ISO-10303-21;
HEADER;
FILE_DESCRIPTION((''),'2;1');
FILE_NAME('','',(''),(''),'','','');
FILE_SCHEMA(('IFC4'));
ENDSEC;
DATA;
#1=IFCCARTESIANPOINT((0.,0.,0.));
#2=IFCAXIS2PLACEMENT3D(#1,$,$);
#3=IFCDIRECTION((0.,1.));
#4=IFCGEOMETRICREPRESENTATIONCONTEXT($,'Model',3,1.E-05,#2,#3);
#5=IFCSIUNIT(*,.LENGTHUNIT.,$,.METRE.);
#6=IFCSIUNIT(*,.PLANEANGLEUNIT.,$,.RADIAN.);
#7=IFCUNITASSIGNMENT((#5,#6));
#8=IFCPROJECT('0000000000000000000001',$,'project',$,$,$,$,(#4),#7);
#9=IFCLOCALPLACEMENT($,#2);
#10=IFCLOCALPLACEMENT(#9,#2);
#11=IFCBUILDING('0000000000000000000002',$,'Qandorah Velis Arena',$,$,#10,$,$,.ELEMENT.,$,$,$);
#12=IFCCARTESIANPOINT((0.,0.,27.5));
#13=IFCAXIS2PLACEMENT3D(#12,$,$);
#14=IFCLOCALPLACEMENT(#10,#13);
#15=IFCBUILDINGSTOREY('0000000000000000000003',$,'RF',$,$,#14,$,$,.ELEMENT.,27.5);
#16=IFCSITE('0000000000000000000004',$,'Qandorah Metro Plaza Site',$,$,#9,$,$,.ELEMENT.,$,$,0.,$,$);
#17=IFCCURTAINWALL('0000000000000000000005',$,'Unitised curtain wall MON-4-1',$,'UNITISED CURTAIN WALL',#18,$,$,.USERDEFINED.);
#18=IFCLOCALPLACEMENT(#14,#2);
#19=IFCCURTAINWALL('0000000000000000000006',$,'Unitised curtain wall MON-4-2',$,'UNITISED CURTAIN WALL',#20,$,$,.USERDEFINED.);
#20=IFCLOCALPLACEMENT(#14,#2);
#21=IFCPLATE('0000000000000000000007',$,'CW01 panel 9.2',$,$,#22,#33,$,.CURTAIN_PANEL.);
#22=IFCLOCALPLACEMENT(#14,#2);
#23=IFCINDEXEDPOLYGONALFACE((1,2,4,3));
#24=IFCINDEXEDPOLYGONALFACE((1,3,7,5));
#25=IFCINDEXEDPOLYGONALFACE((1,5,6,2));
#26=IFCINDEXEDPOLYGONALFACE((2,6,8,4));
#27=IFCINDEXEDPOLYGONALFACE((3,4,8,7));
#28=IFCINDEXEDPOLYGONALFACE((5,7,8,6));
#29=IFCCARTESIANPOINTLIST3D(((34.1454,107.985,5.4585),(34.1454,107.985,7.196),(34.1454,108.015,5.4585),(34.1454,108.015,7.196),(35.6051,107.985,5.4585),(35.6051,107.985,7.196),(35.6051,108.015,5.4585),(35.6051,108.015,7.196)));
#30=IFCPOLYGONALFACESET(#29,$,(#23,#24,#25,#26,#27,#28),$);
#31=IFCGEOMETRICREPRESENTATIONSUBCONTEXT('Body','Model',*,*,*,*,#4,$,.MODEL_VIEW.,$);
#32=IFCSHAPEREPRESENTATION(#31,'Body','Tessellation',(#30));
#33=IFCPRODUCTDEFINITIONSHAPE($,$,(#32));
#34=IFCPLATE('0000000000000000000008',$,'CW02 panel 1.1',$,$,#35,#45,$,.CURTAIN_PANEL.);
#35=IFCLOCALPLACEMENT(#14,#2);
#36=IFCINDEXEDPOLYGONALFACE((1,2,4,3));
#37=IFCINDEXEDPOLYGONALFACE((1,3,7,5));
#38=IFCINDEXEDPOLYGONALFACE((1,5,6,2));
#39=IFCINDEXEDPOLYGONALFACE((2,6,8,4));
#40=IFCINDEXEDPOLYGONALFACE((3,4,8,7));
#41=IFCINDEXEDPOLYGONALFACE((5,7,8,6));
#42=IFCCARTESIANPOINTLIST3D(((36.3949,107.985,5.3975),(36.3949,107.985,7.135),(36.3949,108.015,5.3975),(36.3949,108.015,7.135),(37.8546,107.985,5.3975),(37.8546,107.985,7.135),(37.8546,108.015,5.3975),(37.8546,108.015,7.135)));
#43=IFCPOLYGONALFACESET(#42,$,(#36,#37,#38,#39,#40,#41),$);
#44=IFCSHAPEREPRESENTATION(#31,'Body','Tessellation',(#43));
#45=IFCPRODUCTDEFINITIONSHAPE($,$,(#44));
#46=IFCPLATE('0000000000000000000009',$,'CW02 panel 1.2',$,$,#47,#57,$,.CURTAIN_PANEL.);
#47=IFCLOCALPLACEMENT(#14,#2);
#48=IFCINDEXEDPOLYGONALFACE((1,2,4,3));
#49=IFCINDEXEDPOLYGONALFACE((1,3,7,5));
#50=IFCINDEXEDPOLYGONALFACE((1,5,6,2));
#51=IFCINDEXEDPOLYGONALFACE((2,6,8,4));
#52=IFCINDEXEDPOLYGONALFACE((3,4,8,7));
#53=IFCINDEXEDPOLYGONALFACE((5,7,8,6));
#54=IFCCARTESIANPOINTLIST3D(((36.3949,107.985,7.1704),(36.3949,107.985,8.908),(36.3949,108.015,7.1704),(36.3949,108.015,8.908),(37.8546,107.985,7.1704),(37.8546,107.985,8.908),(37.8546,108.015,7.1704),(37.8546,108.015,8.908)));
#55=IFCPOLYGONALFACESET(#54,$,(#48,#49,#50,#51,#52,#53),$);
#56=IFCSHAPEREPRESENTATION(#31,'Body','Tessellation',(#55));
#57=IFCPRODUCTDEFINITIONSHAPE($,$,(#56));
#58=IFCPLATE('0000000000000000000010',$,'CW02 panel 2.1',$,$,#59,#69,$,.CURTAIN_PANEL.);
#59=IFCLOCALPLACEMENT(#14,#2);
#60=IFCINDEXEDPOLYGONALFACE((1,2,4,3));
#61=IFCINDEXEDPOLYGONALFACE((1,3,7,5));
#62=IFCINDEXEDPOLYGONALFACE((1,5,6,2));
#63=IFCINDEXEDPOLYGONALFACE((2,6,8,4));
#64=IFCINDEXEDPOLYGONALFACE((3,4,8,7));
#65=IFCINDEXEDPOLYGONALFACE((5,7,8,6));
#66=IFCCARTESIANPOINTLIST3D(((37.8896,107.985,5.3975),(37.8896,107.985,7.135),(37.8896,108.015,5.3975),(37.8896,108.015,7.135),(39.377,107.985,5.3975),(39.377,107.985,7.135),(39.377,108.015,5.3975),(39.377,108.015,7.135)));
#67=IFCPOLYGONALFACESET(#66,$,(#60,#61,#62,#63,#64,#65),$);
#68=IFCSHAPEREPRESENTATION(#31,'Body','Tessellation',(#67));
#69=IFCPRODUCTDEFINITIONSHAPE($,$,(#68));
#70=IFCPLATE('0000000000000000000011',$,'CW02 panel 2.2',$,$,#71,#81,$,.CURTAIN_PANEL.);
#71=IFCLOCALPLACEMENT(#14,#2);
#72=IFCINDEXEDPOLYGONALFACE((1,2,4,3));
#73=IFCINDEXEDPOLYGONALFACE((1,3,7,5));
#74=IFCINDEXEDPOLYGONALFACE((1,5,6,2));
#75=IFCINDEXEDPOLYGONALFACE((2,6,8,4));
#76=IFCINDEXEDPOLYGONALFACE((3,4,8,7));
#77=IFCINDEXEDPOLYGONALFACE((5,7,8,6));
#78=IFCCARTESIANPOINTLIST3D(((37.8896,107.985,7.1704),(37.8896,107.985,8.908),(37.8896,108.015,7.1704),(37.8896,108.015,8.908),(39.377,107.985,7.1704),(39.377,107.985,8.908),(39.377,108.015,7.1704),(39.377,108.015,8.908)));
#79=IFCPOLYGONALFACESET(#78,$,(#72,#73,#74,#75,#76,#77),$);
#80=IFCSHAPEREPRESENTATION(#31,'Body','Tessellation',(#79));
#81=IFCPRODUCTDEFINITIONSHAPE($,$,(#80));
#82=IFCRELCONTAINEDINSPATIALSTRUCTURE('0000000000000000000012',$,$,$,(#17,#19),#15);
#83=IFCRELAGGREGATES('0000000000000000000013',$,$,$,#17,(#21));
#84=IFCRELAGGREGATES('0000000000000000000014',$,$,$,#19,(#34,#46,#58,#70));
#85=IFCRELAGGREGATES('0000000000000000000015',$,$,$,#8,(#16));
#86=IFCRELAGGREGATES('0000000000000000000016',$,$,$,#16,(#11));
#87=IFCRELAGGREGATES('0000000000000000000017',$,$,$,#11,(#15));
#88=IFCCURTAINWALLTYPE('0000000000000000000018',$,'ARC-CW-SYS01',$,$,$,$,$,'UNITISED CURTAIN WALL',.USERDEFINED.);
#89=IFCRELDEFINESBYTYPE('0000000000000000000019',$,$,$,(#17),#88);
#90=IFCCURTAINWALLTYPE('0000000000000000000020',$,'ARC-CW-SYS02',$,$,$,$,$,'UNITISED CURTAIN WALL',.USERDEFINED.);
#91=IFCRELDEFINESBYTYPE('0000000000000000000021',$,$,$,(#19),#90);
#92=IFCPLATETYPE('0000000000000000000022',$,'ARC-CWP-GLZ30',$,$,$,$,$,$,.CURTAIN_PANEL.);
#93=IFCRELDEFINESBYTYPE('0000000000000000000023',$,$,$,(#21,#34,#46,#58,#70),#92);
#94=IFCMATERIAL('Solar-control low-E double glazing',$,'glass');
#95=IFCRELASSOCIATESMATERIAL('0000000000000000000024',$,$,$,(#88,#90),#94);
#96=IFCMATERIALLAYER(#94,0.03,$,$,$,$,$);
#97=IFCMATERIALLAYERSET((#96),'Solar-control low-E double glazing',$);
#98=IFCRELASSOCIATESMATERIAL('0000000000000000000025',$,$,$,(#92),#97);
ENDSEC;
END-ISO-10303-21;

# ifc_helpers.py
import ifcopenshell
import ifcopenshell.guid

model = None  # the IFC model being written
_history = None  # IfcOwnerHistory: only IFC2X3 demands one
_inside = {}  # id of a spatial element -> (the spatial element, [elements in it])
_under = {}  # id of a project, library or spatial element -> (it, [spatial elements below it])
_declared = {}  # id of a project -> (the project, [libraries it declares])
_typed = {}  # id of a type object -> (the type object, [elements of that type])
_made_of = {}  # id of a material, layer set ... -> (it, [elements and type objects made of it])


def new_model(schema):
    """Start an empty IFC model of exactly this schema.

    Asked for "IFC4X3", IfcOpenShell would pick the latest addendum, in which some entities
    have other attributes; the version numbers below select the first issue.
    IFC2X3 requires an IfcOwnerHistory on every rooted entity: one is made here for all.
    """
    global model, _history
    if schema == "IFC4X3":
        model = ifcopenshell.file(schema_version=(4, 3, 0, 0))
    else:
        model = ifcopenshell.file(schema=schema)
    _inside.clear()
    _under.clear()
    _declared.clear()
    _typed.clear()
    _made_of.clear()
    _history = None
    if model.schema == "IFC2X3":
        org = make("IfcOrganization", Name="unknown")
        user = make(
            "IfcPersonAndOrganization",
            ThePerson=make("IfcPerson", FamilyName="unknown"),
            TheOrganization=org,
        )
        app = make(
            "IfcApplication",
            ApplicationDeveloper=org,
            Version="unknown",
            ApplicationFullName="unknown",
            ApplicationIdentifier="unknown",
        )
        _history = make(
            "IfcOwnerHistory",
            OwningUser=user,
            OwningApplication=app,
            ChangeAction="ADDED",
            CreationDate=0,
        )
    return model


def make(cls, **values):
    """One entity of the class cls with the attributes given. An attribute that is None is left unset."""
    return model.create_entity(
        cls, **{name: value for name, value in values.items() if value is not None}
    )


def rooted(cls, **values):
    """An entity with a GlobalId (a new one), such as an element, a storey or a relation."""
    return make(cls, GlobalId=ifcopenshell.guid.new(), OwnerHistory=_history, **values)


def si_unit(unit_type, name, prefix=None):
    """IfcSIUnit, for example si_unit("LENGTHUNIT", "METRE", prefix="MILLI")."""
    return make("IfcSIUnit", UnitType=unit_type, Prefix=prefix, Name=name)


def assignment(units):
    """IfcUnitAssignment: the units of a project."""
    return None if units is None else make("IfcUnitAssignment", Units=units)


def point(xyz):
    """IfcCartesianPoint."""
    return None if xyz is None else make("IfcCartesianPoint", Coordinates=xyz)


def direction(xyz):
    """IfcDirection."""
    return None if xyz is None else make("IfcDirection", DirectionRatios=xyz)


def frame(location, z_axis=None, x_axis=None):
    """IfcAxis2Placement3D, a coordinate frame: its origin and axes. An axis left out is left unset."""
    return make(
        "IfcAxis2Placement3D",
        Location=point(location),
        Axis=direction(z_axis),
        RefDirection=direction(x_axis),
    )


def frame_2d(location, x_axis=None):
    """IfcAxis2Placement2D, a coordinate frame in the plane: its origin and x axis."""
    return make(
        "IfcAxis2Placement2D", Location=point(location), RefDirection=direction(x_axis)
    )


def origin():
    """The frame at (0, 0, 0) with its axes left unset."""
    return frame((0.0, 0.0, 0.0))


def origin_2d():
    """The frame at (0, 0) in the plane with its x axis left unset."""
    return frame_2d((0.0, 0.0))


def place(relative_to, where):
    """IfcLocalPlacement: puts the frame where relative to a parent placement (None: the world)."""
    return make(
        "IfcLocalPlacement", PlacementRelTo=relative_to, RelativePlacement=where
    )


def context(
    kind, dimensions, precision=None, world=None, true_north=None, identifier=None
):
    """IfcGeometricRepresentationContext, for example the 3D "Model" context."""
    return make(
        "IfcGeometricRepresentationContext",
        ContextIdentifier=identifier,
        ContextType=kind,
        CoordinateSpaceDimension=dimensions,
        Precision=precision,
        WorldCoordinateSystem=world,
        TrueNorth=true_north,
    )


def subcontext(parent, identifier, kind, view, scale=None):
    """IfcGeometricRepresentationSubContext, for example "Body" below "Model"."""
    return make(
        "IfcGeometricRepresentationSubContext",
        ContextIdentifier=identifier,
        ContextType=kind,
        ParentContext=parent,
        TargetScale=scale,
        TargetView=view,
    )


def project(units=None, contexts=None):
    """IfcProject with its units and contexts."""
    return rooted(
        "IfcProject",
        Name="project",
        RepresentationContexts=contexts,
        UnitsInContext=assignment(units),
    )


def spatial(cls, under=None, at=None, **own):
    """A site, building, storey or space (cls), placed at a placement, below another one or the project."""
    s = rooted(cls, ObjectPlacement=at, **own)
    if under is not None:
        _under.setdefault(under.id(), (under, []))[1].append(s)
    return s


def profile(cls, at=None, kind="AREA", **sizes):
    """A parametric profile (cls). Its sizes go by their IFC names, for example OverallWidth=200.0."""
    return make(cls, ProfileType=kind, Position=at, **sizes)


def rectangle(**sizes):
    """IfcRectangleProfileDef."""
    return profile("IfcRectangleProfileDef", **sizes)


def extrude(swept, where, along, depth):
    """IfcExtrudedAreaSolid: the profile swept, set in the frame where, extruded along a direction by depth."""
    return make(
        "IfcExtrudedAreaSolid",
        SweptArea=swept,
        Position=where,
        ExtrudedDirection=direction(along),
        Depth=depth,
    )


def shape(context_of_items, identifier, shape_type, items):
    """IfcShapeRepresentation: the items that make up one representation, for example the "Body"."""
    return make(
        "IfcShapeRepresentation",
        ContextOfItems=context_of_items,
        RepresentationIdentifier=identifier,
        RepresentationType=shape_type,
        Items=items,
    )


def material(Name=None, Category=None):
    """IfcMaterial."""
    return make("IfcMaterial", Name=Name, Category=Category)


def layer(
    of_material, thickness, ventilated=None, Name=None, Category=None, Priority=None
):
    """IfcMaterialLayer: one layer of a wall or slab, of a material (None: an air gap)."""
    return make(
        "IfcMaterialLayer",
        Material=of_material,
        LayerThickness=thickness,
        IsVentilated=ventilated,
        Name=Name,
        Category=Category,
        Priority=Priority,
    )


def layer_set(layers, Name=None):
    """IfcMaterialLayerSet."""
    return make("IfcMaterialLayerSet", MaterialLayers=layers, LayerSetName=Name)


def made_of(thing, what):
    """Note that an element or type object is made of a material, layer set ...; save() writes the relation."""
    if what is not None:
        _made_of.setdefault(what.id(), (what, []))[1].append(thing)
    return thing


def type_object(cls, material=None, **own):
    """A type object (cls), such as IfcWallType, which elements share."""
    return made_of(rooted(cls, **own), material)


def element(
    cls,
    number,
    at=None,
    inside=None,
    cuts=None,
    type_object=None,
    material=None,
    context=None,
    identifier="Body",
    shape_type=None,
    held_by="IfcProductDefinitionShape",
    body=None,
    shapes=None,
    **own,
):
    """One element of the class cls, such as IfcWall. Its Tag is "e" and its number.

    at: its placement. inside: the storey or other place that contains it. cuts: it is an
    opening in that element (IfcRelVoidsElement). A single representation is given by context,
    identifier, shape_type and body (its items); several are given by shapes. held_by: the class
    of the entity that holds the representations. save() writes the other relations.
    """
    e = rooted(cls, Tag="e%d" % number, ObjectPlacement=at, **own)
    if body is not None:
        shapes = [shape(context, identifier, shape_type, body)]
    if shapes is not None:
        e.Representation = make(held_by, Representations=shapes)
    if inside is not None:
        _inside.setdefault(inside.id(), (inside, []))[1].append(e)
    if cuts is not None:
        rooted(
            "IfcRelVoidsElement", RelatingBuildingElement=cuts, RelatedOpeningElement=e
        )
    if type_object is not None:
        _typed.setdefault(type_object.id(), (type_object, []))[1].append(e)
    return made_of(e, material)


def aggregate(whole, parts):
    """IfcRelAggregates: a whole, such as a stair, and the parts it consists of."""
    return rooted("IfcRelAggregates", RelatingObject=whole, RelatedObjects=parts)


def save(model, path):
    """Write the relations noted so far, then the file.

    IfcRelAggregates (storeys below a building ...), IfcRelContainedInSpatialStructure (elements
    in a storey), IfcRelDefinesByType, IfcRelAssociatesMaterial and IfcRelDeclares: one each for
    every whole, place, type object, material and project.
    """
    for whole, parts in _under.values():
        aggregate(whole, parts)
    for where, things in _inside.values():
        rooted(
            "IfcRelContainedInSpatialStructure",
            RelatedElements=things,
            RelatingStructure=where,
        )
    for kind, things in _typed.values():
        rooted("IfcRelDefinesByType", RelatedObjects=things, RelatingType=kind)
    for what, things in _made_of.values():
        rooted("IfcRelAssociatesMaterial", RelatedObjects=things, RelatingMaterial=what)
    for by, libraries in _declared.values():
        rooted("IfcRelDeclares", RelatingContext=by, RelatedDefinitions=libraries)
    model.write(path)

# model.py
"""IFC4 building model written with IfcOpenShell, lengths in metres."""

from ifc_helpers import new_model, si_unit, direction, frame, origin, origin_2d, place, context, subcontext, project, spatial, rectangle, extrude, material, layer, layer_set, type_object, element, aggregate, save


model = new_model("IFC4")

# Units and contexts
model_context = context("Model", 3, precision=1e-05, world=origin(), true_north=direction((0.0, 1.0)))
body_context = subcontext(model_context, "Body", "Model", "MODEL_VIEW")
ifc_project = project(units=[si_unit("LENGTHUNIT", "METRE"), si_unit("PLANEANGLEUNIT", "RADIAN")], contexts=[model_context])

# Site, building, storey
site_placement = place(None, origin())
site = spatial("IfcSite", under=ifc_project, at=site_placement, Name="Qandorah Metro Plaza Site", CompositionType="ELEMENT", RefElevation=0.0)
building_placement = place(site_placement, origin())
building = spatial("IfcBuilding", under=site, at=building_placement, Name="Qandorah Velis Arena", CompositionType="ELEMENT")
storey_placement = place(building_placement, frame((0.0, 0.0, 27.5)))
storey = spatial("IfcBuildingStorey", under=building, at=storey_placement, Name="RF", CompositionType="ELEMENT", Elevation=27.5)

# Curtain walls
ifc_material_1 = material(Name="Solar-control low-E double glazing", Category="glass")
curtain_wall_type_1 = type_object("IfcCurtainWallType", Name="ARC-CW-SYS01", ElementType="UNITISED CURTAIN WALL", PredefinedType="USERDEFINED", material=ifc_material_1)
curtain_wall_1_placement = place(storey_placement, origin())
curtain_wall_1 = element("IfcCurtainWall", 1, at=curtain_wall_1_placement, inside=storey, type_object=curtain_wall_type_1, Name="Unitised curtain wall MON-4-1", ObjectType="UNITISED CURTAIN WALL", PredefinedType="USERDEFINED")
curtain_wall_type_2 = type_object("IfcCurtainWallType", Name="ARC-CW-SYS02", ElementType="UNITISED CURTAIN WALL", PredefinedType="USERDEFINED", material=ifc_material_1)
curtain_wall_2_placement = place(storey_placement, origin())
curtain_wall_2 = element("IfcCurtainWall", 2, at=curtain_wall_2_placement, inside=storey, type_object=curtain_wall_type_2, Name="Unitised curtain wall MON-4-2", ObjectType="UNITISED CURTAIN WALL", PredefinedType="USERDEFINED")

# Plates
ifc_layer = layer(ifc_material_1, 0.03)
ifc_layer_set = layer_set([ifc_layer], Name="Solar-control low-E double glazing")
plate_type = type_object("IfcPlateType", Name="ARC-CWP-GLZ30", PredefinedType="CURTAIN_PANEL", material=ifc_layer_set)
plate_1_placement = place(storey_placement, frame((34.8752, 108.0, 5.4585), z_axis=(0.0, 0.0, 1.0), x_axis=(1.0, 0.0, 0.0)))
plate_1 = element("IfcPlate", 3, at=plate_1_placement, type_object=plate_type, Name="CW01 panel 9.2", PredefinedType="CURTAIN_PANEL", context=body_context, shape_type="SweptSolid", body=[
    extrude(rectangle(XDim=1.4597, YDim=0.03, at=origin_2d()), origin(), (0.0, 0.0, 1.0), 1.7375),
])
aggregate(curtain_wall_1, [plate_1])
plate_2_placement = place(storey_placement, frame((37.1248, 108.0, 5.3975), z_axis=(0.0, 0.0, 1.0), x_axis=(1.0, 0.0, 0.0)))
plate_2 = element("IfcPlate", 4, at=plate_2_placement, type_object=plate_type, Name="CW02 panel 1.1", PredefinedType="CURTAIN_PANEL", context=body_context, shape_type="SweptSolid", body=[
    extrude(rectangle(XDim=1.4597, YDim=0.03, at=origin_2d()), origin(), (0.0, 0.0, 1.0), 1.7375),
])
plate_3_placement = place(storey_placement, frame((37.1248, 108.0, 7.1704), z_axis=(0.0, 0.0, 1.0), x_axis=(1.0, 0.0, 0.0)))
plate_3 = element("IfcPlate", 5, at=plate_3_placement, type_object=plate_type, Name="CW02 panel 1.2", PredefinedType="CURTAIN_PANEL", context=body_context, shape_type="SweptSolid", body=[
    extrude(rectangle(XDim=1.4597, YDim=0.03, at=origin_2d()), origin(), (0.0, 0.0, 1.0), 1.7375),
])
plate_4_placement = place(storey_placement, frame((38.6333, 108.0, 5.3975), z_axis=(0.0, 0.0, 1.0), x_axis=(1.0, 0.0, 0.0)))
plate_4 = element("IfcPlate", 6, at=plate_4_placement, type_object=plate_type, Name="CW02 panel 2.1", PredefinedType="CURTAIN_PANEL", context=body_context, shape_type="SweptSolid", body=[
    extrude(rectangle(XDim=1.4873, YDim=0.03, at=origin_2d()), origin(), (0.0, 0.0, 1.0), 1.7375),
])
plate_5_placement = place(storey_placement, frame((38.6333, 108.0, 7.1704), z_axis=(0.0, 0.0, 1.0), x_axis=(1.0, 0.0, 0.0)))
plate_5 = element("IfcPlate", 7, at=plate_5_placement, type_object=plate_type, Name="CW02 panel 2.2", PredefinedType="CURTAIN_PANEL", context=body_context, shape_type="SweptSolid", body=[
    extrude(rectangle(XDim=1.4873, YDim=0.03, at=origin_2d()), origin(), (0.0, 0.0, 1.0), 1.7375),
])
aggregate(curtain_wall_2, [plate_2, plate_3, plate_4, plate_5])

save(model, "model.ifc")
